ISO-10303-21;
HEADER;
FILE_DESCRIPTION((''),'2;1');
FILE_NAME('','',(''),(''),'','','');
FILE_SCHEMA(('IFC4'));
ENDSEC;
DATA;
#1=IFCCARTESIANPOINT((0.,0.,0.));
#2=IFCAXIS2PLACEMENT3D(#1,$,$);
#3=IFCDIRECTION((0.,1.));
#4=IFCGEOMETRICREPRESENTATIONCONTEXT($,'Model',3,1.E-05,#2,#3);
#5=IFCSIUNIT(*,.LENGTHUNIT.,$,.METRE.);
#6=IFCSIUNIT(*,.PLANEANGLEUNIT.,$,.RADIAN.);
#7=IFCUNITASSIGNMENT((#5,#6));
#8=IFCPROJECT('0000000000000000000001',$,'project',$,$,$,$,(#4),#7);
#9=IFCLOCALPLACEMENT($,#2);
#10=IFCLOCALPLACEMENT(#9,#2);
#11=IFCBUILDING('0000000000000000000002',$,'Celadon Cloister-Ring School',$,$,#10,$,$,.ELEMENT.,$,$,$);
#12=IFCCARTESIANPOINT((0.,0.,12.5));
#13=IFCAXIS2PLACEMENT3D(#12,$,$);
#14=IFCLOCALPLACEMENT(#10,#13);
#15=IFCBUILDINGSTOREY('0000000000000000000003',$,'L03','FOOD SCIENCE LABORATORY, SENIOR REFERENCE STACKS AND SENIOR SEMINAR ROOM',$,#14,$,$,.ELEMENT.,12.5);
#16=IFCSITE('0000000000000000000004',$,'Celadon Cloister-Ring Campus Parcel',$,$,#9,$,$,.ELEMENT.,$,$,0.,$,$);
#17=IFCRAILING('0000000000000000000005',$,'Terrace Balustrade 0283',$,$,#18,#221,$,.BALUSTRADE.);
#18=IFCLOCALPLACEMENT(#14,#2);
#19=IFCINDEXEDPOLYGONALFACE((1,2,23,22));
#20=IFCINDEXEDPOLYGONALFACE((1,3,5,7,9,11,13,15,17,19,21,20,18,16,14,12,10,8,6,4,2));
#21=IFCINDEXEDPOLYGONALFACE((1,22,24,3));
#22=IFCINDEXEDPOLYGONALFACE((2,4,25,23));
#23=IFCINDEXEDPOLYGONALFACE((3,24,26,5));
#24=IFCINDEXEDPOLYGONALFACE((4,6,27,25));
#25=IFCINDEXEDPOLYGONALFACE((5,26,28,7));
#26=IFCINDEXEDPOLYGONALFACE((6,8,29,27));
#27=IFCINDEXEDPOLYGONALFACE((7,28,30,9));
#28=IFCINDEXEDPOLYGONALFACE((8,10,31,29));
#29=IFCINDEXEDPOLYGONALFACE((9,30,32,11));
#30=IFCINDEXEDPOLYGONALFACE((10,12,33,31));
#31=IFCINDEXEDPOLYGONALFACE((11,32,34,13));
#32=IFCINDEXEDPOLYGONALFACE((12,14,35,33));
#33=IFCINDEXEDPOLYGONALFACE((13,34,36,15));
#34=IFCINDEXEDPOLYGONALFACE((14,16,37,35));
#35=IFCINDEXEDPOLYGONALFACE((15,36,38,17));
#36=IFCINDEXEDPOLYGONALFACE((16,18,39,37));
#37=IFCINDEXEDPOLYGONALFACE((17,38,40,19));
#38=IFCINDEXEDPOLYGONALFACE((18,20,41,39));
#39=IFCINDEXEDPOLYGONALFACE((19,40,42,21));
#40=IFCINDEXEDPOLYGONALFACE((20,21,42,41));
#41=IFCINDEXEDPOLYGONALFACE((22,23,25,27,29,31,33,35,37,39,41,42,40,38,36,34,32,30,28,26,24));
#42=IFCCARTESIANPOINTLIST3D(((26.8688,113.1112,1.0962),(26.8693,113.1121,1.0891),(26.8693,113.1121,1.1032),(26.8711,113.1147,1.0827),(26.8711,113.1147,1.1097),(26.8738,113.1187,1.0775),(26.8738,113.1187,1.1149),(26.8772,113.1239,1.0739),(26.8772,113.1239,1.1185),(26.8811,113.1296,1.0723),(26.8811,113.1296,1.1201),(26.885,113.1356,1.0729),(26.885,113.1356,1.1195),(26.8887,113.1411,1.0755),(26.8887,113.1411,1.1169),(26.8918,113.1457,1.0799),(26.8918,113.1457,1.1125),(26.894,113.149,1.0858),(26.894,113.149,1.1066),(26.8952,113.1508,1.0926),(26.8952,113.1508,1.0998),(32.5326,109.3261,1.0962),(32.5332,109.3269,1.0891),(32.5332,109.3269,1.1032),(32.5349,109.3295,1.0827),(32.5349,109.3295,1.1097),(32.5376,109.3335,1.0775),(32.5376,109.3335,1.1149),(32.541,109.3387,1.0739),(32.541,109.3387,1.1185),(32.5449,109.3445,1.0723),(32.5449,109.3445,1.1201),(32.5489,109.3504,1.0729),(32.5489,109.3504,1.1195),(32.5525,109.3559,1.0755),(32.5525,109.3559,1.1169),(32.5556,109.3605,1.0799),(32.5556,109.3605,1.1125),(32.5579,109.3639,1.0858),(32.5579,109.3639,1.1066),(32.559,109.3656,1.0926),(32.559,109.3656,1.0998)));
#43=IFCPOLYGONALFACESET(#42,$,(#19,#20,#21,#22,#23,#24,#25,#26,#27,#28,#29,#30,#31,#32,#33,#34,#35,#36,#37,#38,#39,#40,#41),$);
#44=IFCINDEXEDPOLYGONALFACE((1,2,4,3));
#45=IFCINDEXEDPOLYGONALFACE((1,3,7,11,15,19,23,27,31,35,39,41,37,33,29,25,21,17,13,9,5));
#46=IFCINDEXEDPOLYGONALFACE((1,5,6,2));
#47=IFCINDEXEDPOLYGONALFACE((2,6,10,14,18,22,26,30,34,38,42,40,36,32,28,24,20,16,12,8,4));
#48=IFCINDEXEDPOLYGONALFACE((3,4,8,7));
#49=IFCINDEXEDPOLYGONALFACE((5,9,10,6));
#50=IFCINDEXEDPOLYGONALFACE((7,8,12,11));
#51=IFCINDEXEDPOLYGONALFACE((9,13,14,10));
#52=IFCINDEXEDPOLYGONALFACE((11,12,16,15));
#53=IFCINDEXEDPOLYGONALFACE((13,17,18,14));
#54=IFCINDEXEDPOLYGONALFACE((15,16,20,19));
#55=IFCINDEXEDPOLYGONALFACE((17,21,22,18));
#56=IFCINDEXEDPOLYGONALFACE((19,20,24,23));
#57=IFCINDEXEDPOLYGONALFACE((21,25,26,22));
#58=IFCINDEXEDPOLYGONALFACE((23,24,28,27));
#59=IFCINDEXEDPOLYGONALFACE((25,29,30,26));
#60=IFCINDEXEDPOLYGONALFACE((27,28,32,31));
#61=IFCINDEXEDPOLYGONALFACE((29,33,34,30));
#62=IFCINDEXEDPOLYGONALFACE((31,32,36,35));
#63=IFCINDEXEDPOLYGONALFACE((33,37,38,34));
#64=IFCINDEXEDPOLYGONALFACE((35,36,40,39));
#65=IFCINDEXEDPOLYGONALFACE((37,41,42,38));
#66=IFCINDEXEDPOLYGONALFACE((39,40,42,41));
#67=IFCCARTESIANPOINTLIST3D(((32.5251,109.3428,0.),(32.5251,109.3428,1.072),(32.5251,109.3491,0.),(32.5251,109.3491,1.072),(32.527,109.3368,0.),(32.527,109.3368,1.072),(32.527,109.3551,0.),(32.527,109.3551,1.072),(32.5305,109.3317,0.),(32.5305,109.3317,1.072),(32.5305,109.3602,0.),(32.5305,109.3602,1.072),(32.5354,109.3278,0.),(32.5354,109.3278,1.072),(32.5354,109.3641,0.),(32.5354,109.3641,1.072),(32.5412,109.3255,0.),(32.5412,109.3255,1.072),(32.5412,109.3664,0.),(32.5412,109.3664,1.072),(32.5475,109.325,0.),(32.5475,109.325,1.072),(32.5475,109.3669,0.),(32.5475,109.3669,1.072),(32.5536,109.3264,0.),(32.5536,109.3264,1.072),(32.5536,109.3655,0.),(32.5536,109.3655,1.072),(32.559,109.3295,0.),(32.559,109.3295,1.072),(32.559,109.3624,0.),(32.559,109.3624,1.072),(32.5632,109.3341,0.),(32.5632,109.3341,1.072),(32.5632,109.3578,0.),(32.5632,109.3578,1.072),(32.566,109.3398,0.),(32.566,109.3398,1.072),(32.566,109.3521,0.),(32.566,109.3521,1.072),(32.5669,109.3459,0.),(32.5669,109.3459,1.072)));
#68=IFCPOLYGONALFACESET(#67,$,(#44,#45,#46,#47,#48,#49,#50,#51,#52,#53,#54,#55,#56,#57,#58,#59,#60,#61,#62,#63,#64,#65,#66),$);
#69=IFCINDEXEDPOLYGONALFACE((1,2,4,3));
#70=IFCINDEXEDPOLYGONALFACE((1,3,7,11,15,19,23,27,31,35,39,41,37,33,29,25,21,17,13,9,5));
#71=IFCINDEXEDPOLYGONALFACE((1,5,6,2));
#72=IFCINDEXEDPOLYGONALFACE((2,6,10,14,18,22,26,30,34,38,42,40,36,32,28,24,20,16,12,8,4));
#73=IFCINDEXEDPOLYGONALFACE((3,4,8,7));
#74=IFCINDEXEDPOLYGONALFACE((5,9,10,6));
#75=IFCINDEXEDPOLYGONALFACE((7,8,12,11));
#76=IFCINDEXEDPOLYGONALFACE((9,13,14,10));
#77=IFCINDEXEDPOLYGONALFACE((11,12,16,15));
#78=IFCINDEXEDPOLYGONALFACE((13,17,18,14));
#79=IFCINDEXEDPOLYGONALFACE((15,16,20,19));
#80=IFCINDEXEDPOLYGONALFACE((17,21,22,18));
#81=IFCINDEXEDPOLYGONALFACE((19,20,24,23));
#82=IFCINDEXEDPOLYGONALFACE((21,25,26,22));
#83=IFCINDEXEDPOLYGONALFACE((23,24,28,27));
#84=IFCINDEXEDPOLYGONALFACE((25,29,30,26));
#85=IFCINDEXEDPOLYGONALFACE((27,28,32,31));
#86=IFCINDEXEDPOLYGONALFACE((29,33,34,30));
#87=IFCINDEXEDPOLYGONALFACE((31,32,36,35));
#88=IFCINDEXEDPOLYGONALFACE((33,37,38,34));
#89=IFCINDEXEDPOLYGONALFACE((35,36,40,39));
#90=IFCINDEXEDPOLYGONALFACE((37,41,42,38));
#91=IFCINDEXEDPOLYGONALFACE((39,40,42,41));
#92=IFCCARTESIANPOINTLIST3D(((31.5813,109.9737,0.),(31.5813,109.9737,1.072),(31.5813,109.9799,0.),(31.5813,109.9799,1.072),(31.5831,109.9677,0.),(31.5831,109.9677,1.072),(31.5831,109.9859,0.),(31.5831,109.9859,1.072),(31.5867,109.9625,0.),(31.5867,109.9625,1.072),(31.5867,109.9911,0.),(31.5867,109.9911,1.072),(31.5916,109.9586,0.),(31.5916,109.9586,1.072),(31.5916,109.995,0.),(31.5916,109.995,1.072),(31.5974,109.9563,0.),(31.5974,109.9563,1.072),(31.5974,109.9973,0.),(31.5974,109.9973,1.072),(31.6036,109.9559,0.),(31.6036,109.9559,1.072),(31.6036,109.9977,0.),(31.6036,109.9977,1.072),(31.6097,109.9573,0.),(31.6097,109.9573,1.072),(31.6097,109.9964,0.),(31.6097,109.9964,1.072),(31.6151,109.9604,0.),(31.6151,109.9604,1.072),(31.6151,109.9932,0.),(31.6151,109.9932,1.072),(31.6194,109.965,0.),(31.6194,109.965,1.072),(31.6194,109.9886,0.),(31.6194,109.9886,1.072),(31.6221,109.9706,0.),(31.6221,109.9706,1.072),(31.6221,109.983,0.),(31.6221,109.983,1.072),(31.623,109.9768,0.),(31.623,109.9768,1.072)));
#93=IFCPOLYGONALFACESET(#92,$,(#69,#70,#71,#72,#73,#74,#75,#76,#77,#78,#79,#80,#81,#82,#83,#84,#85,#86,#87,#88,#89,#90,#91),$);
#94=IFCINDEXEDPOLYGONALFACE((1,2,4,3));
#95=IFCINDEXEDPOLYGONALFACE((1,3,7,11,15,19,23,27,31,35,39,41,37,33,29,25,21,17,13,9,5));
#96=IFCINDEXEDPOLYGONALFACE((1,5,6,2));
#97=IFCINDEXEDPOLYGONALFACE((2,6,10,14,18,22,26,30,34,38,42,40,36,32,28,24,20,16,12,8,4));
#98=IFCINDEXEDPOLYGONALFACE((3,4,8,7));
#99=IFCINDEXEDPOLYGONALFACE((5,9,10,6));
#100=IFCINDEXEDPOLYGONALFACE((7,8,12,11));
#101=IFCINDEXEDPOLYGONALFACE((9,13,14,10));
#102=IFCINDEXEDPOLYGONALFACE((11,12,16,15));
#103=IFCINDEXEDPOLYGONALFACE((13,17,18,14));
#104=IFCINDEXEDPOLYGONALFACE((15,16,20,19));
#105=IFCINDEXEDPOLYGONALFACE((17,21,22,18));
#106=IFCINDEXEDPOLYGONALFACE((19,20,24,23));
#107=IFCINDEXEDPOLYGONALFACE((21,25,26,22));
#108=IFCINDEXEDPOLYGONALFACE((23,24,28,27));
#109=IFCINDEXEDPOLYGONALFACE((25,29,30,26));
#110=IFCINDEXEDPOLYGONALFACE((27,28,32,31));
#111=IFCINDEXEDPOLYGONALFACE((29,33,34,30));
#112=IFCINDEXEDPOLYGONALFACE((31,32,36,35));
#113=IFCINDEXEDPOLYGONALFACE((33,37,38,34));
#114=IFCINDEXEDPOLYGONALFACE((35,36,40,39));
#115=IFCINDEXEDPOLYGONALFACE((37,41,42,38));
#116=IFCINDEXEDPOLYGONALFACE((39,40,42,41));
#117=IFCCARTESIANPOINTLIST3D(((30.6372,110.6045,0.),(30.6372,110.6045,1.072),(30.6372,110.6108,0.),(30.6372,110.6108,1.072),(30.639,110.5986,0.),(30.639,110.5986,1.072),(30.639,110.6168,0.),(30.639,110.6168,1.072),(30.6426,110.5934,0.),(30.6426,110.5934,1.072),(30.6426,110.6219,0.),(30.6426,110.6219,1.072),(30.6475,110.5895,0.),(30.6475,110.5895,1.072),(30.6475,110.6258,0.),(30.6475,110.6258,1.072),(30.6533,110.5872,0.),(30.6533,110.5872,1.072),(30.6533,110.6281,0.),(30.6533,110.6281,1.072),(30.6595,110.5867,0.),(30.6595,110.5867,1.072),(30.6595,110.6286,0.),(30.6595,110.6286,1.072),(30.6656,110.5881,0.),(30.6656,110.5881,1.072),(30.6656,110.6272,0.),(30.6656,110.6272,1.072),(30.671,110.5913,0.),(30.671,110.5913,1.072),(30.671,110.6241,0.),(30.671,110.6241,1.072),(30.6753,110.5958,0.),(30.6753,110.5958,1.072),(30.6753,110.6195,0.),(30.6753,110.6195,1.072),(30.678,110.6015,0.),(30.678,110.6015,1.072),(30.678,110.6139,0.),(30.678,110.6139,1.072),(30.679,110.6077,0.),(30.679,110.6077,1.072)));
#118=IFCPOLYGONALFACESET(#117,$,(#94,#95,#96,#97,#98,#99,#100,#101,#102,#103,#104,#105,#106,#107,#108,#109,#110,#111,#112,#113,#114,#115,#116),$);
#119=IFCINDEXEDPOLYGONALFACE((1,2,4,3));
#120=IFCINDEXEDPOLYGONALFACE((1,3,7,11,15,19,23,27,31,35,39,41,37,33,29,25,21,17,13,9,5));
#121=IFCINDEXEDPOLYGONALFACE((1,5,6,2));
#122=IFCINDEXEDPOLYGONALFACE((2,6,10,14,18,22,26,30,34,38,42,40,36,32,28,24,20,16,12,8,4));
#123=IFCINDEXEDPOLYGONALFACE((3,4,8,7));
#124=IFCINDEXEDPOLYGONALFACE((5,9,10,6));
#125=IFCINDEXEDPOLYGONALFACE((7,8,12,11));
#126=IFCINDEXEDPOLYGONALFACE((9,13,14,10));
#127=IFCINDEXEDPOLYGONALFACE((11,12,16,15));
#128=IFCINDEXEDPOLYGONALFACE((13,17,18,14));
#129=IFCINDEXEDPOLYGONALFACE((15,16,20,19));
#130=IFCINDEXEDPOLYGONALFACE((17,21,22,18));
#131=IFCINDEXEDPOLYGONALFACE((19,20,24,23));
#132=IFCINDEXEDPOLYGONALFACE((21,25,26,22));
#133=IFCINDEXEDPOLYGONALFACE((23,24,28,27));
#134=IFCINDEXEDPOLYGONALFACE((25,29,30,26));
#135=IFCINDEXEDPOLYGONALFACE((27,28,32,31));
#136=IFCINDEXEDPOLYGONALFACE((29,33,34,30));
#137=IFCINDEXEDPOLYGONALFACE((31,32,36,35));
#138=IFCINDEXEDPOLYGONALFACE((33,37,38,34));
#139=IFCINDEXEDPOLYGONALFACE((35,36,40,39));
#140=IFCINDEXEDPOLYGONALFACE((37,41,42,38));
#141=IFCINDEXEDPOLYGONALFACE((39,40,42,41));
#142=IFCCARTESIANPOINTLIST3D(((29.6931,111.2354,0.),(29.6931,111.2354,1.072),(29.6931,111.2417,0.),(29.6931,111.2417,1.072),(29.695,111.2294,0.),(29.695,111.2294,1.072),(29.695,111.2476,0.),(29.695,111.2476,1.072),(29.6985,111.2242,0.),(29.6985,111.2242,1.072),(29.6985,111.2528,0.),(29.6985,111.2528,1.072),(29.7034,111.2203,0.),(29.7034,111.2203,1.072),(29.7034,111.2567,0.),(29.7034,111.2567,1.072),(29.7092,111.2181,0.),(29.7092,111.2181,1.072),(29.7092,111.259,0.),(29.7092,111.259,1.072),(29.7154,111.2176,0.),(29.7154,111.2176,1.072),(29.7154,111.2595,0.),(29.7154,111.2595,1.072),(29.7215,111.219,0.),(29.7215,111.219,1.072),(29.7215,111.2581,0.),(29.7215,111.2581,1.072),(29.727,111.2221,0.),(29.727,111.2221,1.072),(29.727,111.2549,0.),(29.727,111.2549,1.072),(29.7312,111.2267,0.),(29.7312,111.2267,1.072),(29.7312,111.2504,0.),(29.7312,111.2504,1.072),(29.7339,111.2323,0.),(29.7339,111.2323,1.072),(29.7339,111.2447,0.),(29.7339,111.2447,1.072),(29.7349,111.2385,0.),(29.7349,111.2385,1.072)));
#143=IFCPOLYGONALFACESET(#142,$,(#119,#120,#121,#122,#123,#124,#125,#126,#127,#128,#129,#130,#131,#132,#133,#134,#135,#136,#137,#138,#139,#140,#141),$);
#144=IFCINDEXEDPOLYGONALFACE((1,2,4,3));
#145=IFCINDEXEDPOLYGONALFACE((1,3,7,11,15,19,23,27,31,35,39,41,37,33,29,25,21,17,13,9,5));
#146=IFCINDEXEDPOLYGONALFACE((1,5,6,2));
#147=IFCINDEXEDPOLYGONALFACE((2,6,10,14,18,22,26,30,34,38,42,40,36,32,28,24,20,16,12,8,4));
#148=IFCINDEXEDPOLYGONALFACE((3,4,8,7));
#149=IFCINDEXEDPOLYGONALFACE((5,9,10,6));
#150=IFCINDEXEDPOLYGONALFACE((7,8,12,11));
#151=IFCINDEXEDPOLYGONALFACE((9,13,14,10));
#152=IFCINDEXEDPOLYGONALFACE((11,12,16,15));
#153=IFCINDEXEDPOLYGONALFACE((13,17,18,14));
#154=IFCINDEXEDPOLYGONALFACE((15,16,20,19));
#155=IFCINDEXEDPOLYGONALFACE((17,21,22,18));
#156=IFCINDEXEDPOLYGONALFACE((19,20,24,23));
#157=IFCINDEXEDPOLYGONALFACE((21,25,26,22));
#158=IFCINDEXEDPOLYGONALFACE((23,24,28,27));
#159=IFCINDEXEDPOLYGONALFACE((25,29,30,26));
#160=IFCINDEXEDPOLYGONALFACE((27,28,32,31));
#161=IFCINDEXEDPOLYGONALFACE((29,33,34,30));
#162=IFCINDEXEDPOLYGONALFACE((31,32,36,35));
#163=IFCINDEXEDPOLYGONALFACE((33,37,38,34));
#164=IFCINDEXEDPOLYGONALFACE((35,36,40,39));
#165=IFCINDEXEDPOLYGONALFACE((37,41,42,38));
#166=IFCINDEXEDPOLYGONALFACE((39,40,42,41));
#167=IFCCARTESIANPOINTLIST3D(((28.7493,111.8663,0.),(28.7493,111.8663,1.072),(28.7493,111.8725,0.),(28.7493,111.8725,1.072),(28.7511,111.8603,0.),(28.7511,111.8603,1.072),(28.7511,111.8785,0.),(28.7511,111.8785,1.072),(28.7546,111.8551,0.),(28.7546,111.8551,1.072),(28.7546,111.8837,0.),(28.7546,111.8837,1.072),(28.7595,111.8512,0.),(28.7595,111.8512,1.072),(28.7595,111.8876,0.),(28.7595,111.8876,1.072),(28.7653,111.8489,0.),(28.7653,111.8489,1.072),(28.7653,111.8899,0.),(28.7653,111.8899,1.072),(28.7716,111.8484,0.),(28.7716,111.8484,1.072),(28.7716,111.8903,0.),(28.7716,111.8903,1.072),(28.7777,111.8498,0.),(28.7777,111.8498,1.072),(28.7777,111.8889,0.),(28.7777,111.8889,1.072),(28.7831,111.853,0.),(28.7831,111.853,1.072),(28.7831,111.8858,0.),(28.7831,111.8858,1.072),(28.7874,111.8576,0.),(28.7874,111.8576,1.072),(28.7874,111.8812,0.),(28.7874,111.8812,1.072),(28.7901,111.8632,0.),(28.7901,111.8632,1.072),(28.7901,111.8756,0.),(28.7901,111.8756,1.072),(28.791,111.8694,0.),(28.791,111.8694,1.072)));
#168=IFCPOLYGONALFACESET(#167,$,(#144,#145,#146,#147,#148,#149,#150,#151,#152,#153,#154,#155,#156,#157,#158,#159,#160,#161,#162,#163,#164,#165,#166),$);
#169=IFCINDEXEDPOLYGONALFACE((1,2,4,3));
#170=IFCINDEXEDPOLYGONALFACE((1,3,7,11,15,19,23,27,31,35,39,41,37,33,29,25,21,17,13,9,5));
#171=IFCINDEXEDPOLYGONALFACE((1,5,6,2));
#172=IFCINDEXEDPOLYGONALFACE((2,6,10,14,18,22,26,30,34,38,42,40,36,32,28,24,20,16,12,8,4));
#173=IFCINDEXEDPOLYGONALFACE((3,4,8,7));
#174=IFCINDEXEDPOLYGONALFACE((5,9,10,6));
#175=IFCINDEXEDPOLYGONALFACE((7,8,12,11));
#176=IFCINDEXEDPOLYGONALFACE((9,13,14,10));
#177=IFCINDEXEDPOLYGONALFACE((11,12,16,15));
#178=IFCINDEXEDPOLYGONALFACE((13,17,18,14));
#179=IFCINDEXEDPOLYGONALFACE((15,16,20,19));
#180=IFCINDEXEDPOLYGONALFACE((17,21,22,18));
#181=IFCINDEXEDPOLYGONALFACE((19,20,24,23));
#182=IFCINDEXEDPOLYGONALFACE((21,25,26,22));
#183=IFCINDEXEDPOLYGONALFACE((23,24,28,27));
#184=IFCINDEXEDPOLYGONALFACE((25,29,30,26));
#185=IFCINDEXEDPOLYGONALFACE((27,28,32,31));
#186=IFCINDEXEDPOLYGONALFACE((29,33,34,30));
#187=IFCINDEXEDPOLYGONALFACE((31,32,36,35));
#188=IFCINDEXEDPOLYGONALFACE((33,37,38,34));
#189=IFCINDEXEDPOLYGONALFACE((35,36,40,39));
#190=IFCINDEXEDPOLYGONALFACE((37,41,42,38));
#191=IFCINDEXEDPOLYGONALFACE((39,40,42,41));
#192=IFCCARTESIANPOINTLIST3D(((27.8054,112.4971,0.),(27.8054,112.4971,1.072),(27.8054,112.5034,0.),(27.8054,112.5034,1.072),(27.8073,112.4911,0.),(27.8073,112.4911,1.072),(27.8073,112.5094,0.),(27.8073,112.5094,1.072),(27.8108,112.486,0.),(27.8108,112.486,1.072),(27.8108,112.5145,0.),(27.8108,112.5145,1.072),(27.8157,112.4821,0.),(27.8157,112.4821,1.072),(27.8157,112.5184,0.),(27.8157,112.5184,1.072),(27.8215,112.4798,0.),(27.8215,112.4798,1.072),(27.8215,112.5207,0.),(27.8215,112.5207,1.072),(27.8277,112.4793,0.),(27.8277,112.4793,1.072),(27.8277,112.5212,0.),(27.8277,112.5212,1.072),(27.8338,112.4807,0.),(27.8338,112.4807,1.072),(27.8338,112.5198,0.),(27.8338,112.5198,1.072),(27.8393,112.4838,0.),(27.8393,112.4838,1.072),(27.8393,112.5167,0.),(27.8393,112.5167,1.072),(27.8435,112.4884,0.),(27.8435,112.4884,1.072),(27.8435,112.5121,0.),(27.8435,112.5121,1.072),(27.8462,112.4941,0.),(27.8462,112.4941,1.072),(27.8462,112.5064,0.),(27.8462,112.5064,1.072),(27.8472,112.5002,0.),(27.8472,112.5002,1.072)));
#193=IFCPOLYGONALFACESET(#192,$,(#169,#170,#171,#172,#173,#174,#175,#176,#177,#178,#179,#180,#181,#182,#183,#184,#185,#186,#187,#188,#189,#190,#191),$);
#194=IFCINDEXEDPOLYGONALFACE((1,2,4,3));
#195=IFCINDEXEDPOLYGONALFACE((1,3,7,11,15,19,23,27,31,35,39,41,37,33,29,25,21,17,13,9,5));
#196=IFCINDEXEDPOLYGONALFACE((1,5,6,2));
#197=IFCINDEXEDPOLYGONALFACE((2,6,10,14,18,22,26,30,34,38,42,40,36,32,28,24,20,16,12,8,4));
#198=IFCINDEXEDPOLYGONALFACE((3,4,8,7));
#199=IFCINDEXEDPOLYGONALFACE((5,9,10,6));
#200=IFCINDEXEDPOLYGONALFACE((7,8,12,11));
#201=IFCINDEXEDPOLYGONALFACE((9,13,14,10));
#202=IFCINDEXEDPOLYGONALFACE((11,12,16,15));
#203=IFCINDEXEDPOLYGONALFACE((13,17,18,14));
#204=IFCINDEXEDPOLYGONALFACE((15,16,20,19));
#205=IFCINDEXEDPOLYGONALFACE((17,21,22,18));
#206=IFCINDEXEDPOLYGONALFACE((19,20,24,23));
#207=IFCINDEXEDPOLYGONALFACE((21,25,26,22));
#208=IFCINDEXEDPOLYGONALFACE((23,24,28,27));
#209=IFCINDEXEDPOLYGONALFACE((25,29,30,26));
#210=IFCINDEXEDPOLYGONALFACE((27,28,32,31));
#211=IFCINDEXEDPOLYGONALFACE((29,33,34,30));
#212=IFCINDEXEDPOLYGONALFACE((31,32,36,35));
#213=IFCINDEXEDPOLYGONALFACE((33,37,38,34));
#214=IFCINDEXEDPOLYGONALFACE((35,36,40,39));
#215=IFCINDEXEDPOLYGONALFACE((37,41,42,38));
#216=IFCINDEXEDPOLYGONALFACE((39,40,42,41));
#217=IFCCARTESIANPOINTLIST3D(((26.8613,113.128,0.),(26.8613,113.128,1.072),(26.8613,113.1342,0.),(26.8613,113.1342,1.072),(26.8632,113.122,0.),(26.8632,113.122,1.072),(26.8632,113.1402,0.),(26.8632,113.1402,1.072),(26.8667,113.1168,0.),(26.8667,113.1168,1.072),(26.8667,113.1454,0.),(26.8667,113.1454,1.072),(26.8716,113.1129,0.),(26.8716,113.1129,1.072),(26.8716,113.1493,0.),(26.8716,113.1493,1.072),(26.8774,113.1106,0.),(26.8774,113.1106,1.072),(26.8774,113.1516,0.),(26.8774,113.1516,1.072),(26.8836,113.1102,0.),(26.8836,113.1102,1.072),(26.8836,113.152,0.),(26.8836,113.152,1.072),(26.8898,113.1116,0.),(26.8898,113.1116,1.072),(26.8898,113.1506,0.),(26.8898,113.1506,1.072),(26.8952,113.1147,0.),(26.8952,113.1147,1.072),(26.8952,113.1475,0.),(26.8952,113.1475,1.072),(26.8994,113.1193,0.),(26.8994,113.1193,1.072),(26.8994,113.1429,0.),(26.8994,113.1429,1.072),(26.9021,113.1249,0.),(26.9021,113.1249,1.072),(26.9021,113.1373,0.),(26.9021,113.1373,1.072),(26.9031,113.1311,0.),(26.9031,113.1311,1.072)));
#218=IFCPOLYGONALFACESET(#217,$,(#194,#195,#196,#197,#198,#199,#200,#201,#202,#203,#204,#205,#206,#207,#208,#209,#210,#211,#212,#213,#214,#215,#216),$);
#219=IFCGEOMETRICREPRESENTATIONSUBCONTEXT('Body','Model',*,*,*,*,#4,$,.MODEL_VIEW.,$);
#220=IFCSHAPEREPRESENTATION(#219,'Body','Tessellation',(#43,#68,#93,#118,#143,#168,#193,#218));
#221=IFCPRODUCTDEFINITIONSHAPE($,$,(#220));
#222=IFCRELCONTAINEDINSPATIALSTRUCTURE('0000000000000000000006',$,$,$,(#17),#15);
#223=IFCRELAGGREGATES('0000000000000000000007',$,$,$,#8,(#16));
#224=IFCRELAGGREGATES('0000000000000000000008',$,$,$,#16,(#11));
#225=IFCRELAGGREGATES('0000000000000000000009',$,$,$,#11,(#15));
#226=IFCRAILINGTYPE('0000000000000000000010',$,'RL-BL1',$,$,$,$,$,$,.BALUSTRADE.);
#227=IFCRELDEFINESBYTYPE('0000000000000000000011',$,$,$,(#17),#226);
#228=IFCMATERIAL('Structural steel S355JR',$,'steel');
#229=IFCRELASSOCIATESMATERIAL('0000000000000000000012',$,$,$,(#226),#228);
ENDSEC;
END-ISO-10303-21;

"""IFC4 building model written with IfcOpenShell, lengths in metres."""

from ifc_helpers import new_model, si_unit, direction, frame, origin, origin_2d, place, context, subcontext, project, spatial, circle, extrude, material, type_object, element, save


model = new_model("IFC4")

# Units and contexts
model_context = context("Model", 3, precision=1e-05, world=origin(), true_north=direction((0.0, 1.0)))
body_context = subcontext(model_context, "Body", "Model", "MODEL_VIEW")
ifc_project = project(units=[si_unit("LENGTHUNIT", "METRE"), si_unit("PLANEANGLEUNIT", "RADIAN")], contexts=[model_context])

# Site, building, storey
site_placement = place(None, origin())
site = spatial("IfcSite", under=ifc_project, at=site_placement, Name="Celadon Cloister-Ring Campus Parcel", CompositionType="ELEMENT", RefElevation=0.0)
building_placement = place(site_placement, origin())
building = spatial("IfcBuilding", under=site, at=building_placement, Name="Celadon Cloister-Ring School", CompositionType="ELEMENT")
storey_placement = place(building_placement, frame((0.0, 0.0, 12.5)))
storey = spatial("IfcBuildingStorey", under=building, at=storey_placement, Name="L03", Description="FOOD SCIENCE LABORATORY, SENIOR REFERENCE STACKS AND SENIOR SEMINAR ROOM", CompositionType="ELEMENT", Elevation=12.5)

# Railing
ifc_material_1 = material(Name="Structural steel S355JR", Category="steel")
railing_type = type_object("IfcRailingType", Name="RL-BL1", PredefinedType="BALUSTRADE", material=ifc_material_1)
railing_1_placement = place(storey_placement, frame((32.5459, 109.3459, 0.0)))
element("IfcRailing", 1, at=railing_1_placement, inside=storey, type_object=railing_type, Name="Terrace Balustrade 0283", PredefinedType="BALUSTRADE", context=body_context, shape_type="SweptSolid", body=[
    extrude(circle(Radius=0.0239, at=origin_2d()), frame((0.0, 0.0, 1.0962), z_axis=(-0.831421, 0.555643, 0.0), x_axis=(-0.555643, -0.831421, 0.0)), (0.0, 0.0, 1.0), 6.8123),
    extrude(circle(Radius=0.021, at=origin_2d()), origin(), (0.0, 0.0, 1.0), 1.072),
    extrude(circle(Radius=0.021, at=origin_2d()), frame((-0.9438, 0.6309, 0.0)), (0.0, 0.0, 1.0), 1.072),
    extrude(circle(Radius=0.021, at=origin_2d()), frame((-1.8879, 1.2617, 0.0)), (0.0, 0.0, 1.0), 1.072),
    extrude(circle(Radius=0.021, at=origin_2d()), frame((-2.832, 1.8926, 0.0)), (0.0, 0.0, 1.0), 1.072),
    extrude(circle(Radius=0.021, at=origin_2d()), frame((-3.7759, 2.5234, 0.0)), (0.0, 0.0, 1.0), 1.072),
    extrude(circle(Radius=0.021, at=origin_2d()), frame((-4.7197, 3.1543, 0.0)), (0.0, 0.0, 1.0), 1.072),
    extrude(circle(Radius=0.021, at=origin_2d()), frame((-5.6638, 3.7852, 0.0)), (0.0, 0.0, 1.0), 1.072),
])

save(model, "model.ifc")
